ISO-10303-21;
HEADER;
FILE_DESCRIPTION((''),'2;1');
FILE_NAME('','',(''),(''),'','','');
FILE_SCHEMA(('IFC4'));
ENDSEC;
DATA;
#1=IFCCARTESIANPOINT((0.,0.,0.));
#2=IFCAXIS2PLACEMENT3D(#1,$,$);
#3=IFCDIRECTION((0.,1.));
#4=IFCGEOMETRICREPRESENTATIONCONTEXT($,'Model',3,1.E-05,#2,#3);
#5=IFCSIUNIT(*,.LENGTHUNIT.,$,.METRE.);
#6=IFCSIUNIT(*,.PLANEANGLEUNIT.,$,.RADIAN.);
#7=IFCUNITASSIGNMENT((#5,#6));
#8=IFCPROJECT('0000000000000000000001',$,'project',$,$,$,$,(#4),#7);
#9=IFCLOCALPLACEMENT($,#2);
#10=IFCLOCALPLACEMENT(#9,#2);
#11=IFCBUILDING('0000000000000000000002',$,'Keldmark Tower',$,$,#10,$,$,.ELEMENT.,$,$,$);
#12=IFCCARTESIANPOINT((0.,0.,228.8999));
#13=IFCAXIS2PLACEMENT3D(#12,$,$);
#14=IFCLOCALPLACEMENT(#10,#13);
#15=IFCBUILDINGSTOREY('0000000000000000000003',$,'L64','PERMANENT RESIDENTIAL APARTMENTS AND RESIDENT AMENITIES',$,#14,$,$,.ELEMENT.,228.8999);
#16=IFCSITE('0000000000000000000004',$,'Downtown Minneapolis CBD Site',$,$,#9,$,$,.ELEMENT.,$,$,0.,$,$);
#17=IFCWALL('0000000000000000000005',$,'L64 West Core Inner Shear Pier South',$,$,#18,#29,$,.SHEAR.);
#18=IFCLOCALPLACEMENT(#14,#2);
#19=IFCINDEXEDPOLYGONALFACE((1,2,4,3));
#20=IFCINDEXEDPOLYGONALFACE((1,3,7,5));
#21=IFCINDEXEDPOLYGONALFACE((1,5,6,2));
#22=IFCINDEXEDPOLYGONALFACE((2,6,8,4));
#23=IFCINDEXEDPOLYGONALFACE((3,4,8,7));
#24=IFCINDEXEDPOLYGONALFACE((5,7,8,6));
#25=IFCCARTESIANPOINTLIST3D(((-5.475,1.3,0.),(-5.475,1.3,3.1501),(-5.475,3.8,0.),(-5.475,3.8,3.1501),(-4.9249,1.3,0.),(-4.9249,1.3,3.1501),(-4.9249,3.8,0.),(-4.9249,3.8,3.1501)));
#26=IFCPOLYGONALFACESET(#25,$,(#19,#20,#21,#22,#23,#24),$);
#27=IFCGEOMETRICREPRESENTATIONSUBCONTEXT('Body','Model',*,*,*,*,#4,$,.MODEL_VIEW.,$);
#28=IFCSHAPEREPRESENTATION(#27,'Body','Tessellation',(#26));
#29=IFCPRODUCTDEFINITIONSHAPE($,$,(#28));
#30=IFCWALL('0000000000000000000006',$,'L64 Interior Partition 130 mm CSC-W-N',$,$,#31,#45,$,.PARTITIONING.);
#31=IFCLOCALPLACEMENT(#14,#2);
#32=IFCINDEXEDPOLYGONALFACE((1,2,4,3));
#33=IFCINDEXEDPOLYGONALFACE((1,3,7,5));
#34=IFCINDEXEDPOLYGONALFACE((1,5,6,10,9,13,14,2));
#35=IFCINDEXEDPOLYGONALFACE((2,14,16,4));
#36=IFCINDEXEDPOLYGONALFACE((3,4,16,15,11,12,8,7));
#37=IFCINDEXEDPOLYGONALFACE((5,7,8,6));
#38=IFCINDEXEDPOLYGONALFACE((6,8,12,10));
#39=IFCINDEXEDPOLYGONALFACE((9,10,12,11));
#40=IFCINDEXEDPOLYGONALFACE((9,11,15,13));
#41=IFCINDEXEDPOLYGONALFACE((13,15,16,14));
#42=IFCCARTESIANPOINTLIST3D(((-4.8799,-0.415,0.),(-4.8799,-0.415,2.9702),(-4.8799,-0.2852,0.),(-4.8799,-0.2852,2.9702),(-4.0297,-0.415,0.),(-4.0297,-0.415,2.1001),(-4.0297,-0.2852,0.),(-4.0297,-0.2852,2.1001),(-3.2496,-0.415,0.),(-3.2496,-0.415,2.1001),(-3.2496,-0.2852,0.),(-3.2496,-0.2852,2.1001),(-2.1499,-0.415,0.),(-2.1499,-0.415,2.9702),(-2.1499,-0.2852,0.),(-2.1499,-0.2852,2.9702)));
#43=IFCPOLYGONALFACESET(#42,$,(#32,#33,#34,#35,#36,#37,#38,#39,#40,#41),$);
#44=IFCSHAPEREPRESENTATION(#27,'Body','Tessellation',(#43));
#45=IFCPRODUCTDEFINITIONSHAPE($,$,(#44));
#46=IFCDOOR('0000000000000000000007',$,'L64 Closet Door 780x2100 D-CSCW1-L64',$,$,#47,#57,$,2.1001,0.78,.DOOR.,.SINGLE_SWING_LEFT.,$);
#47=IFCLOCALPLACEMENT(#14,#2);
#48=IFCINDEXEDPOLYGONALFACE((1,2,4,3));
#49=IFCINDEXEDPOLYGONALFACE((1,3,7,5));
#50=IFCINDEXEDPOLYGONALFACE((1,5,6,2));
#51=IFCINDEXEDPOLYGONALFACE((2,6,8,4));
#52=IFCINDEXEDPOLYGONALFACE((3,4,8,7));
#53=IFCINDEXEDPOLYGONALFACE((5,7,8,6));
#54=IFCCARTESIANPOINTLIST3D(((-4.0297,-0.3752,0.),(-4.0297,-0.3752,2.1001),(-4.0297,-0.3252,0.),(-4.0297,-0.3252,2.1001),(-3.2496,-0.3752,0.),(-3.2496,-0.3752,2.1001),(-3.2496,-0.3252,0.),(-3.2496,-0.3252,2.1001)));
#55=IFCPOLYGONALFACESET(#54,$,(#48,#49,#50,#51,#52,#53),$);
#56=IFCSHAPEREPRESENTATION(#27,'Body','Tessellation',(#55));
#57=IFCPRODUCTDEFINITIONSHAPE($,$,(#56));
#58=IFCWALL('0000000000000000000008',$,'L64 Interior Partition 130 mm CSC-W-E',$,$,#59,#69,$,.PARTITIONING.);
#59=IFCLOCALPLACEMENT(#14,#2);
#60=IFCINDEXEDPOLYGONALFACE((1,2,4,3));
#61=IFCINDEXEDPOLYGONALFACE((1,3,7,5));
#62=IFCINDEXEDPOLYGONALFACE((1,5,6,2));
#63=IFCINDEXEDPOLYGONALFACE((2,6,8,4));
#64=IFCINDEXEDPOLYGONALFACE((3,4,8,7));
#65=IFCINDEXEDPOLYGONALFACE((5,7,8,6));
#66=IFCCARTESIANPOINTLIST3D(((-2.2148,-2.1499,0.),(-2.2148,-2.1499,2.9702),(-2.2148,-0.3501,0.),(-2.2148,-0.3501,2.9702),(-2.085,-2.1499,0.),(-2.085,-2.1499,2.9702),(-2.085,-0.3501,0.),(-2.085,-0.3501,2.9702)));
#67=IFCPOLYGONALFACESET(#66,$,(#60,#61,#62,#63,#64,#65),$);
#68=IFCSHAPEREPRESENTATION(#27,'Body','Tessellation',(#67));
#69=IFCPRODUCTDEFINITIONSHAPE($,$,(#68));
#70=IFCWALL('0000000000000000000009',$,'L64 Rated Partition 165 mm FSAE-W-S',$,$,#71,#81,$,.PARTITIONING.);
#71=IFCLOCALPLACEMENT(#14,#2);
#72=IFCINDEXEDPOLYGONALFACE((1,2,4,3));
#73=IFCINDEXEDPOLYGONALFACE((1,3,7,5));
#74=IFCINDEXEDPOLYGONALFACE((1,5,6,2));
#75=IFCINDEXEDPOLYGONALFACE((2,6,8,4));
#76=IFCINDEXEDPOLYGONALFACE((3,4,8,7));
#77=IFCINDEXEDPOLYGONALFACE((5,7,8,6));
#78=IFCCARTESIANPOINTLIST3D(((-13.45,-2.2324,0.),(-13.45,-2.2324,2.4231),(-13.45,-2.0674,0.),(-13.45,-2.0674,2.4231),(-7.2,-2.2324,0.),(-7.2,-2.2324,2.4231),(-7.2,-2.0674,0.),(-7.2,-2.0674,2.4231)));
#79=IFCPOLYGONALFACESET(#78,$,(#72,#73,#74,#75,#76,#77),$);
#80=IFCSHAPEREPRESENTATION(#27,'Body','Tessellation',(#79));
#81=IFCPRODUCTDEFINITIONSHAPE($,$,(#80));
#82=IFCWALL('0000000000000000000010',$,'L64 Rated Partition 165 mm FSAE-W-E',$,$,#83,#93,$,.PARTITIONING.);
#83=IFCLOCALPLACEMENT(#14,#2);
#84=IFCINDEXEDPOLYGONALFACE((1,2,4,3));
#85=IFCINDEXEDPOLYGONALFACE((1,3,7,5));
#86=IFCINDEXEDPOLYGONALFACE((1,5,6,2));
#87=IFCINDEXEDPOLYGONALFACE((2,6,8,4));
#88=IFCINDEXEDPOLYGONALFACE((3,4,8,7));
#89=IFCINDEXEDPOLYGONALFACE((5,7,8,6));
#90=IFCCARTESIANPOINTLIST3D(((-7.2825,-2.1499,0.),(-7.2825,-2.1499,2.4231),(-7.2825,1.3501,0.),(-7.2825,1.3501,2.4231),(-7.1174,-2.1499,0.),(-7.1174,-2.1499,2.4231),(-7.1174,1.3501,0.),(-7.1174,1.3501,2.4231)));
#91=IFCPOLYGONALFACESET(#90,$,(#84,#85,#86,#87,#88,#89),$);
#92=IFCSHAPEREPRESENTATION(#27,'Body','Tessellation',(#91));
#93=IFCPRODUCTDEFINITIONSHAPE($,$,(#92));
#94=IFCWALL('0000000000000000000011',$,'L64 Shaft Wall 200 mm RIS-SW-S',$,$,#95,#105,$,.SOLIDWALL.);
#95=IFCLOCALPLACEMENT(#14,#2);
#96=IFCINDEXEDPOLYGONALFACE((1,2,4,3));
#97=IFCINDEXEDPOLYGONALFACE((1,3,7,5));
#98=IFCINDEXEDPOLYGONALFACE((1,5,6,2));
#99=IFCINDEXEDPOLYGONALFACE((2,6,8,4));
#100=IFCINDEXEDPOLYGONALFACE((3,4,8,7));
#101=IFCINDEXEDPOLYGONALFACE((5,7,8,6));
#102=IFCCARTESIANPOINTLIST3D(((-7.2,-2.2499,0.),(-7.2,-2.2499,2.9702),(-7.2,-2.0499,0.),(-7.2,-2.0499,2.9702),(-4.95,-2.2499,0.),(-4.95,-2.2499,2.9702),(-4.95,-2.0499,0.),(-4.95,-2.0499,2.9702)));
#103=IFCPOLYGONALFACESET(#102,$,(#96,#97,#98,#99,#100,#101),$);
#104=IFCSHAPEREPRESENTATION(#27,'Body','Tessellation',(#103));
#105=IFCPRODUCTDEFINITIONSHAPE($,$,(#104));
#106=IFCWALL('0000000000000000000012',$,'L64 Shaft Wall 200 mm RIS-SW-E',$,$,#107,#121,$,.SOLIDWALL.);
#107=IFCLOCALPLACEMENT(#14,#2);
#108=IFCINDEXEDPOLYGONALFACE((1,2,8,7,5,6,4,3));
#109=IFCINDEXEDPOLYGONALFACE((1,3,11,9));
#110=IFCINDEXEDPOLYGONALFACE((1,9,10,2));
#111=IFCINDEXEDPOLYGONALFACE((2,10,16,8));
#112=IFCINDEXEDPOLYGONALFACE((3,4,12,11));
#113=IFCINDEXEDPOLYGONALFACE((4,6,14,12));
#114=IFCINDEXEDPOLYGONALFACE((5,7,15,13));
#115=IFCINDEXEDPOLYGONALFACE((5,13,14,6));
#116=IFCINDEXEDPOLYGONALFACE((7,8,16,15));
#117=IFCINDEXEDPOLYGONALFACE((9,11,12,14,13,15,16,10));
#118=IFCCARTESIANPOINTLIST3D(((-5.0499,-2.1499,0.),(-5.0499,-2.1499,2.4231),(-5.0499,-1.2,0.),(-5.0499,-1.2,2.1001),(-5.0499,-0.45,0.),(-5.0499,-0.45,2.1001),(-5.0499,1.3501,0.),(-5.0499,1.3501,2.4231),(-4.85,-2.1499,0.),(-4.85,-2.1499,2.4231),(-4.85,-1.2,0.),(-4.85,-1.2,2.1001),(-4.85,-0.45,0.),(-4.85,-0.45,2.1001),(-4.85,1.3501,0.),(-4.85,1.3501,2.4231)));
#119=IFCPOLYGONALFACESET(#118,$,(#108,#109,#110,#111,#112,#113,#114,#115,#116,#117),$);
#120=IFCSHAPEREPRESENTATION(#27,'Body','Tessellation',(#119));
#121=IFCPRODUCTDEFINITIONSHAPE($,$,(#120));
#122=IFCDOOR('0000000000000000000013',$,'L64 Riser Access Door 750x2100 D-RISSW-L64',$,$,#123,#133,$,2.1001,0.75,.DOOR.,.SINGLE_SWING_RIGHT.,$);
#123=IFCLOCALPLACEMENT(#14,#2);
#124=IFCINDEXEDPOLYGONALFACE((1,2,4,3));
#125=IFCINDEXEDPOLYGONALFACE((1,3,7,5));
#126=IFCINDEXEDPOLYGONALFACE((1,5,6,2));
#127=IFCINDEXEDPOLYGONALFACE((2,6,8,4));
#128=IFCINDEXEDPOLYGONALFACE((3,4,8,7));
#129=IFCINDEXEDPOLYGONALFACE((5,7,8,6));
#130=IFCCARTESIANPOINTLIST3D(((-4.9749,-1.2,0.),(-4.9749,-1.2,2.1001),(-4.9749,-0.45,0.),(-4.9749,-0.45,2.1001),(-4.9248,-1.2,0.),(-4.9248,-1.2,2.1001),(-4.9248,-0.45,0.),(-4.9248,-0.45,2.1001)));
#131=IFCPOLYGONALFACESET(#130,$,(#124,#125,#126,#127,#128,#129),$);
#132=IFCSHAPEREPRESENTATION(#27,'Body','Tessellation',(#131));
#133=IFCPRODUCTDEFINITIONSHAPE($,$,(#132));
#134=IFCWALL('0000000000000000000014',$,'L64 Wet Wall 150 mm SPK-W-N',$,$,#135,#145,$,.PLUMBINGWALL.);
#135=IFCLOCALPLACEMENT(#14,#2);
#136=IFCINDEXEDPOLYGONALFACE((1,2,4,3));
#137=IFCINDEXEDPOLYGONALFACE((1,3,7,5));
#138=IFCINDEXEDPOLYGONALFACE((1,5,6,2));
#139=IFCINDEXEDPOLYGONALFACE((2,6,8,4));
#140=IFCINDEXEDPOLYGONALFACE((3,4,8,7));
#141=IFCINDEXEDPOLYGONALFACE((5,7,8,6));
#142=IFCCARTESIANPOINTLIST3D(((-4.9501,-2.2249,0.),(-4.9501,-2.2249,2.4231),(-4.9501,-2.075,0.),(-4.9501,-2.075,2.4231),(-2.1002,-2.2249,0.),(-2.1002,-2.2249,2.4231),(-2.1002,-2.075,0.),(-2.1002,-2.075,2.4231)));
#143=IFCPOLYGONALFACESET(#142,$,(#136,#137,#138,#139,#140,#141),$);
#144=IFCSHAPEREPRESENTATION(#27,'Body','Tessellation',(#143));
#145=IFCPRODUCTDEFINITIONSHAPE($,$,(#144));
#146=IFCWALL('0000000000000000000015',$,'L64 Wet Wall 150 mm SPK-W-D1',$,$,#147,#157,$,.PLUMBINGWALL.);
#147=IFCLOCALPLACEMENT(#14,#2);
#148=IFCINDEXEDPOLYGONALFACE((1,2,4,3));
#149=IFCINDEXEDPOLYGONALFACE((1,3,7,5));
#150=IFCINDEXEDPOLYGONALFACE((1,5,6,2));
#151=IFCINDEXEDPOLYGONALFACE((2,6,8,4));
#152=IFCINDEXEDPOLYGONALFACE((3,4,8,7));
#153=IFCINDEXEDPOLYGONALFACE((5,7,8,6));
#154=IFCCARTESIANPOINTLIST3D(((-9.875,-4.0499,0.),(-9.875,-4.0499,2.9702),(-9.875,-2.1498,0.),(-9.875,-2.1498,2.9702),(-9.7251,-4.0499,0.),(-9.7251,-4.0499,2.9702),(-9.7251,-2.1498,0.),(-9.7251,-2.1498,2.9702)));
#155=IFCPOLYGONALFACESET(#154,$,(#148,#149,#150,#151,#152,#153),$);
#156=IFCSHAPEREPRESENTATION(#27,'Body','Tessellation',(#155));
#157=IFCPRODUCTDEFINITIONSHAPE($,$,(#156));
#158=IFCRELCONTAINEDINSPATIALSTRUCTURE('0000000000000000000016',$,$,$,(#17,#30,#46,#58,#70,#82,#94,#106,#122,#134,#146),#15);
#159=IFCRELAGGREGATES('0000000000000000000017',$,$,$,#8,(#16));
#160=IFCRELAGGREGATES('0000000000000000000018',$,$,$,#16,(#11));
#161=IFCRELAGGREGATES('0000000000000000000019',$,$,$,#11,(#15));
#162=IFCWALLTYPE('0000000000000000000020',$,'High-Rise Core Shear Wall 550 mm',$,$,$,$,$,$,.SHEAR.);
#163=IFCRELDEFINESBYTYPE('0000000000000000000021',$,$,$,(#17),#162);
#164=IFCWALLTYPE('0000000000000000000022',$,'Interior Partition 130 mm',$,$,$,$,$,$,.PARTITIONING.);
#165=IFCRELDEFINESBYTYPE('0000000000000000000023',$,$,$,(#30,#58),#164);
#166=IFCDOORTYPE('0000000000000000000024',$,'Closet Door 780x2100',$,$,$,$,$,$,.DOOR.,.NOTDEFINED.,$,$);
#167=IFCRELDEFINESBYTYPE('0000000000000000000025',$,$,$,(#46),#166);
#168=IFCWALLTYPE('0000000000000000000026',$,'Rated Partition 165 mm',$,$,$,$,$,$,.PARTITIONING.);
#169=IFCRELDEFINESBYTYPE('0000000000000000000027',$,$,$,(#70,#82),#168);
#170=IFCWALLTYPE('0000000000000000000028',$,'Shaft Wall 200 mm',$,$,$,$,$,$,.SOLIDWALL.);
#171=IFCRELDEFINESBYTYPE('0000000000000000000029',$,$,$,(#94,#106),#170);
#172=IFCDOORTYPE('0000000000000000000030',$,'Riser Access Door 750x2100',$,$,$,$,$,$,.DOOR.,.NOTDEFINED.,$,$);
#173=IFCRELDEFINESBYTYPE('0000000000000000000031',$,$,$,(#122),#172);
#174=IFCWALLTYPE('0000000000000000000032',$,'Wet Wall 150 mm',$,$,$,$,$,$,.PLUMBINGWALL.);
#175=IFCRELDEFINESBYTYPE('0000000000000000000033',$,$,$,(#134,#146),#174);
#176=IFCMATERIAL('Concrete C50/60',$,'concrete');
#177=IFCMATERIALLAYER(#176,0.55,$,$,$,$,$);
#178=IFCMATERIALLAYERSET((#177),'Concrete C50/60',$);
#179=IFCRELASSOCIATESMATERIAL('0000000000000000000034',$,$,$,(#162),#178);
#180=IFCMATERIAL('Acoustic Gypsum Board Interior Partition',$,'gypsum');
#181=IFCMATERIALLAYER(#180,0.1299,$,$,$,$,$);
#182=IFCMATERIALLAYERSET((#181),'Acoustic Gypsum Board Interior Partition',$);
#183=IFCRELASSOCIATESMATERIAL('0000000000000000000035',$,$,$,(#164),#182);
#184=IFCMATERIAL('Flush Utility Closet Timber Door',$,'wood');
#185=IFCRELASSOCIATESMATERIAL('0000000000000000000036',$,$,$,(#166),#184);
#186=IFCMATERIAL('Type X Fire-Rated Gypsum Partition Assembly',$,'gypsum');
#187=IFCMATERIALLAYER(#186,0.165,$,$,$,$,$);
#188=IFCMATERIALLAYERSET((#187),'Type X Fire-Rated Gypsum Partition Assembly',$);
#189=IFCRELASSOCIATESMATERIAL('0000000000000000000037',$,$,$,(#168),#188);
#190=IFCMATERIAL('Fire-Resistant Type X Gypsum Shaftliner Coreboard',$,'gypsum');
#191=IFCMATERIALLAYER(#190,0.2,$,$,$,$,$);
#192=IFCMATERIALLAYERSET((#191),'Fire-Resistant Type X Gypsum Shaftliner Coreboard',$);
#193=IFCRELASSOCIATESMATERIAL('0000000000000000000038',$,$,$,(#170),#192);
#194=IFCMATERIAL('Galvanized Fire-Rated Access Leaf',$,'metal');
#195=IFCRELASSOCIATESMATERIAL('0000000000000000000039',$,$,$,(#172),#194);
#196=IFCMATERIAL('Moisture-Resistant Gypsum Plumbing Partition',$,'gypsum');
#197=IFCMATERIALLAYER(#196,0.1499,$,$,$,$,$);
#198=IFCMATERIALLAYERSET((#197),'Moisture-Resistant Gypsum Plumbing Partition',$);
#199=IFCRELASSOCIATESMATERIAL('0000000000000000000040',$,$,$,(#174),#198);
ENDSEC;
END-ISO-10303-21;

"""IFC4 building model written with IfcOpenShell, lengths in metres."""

from ifc_helpers import new_model, si_unit, direction, frame, frame_2d, origin, place, context, subcontext, project, spatial, rectangle, extrude, material, layer, layer_set, type_object, element, fill, save


model = new_model("IFC4")

# Units and contexts
model_context = context("Model", 3, precision=1e-05, world=origin(), true_north=direction((0.0, 1.0)))
body_context = subcontext(model_context, "Body", "Model", "MODEL_VIEW")
ifc_project = project(units=[si_unit("LENGTHUNIT", "METRE"), si_unit("PLANEANGLEUNIT", "RADIAN")], contexts=[model_context])

# Site, building, storey
site_placement = place(None, origin())
site = spatial("IfcSite", under=ifc_project, at=site_placement, Name="Downtown Minneapolis CBD Site", CompositionType="ELEMENT", RefElevation=0.0)
building_placement = place(site_placement, origin())
building = spatial("IfcBuilding", under=site, at=building_placement, Name="Keldmark Tower", CompositionType="ELEMENT")
storey_placement = place(building_placement, frame((0.0, 0.0, 228.8999)))
storey = spatial("IfcBuildingStorey", under=building, at=storey_placement, Name="L64", Description="PERMANENT RESIDENTIAL APARTMENTS AND RESIDENT AMENITIES", CompositionType="ELEMENT", Elevation=228.8999)

# Wall
ifc_material_1 = material(Name="Concrete C50/60", Category="concrete")
ifc_layer_1 = layer(ifc_material_1, 0.55)
ifc_layer_set_1 = layer_set([ifc_layer_1], Name="Concrete C50/60")
wall_type_1 = type_object("IfcWallType", Name="High-Rise Core Shear Wall 550 mm", PredefinedType="SHEAR", material=ifc_layer_set_1)
wall_1_placement = place(storey_placement, frame((-5.2, 1.3, 0.0), z_axis=(0.0, 0.0, 1.0), x_axis=(0.0, 1.0, 0.0)))
element("IfcWall", 1, at=wall_1_placement, inside=storey, type_object=wall_type_1, Name="L64 West Core Inner Shear Pier South", PredefinedType="SHEAR", context=body_context, shape_type="SweptSolid", body=[
    extrude(rectangle(XDim=2.5, YDim=0.55, at=frame_2d((1.25, 0.0))), origin(), (0.0, 0.0, 1.0), 3.1501),
])

# Wall, opening, door
ifc_material_2 = material(Name="Acoustic Gypsum Board Interior Partition", Category="gypsum")
ifc_layer_2 = layer(ifc_material_2, 0.1299)
ifc_layer_set_2 = layer_set([ifc_layer_2], Name="Acoustic Gypsum Board Interior Partition")
wall_type_2 = type_object("IfcWallType", Name="Interior Partition 130 mm", PredefinedType="PARTITIONING", material=ifc_layer_set_2)
wall_2_placement = place(storey_placement, frame((-4.8799, -0.3501, 0.0), z_axis=(0.0, 0.0, 1.0), x_axis=(1.0, 0.0, 0.0)))
wall_2 = element("IfcWall", 2, at=wall_2_placement, inside=storey, type_object=wall_type_2, Name="L64 Interior Partition 130 mm CSC-W-N", PredefinedType="PARTITIONING", context=body_context, shape_type="SweptSolid", body=[
    extrude(rectangle(XDim=2.73, YDim=0.1299, at=frame_2d((1.365, 0.0))), origin(), (0.0, 0.0, 1.0), 2.9702),
])
opening_1_placement = place(wall_2_placement, frame((0.8501, 0.0, 0.0)))
opening_1 = element("IfcOpeningElement", 3, at=opening_1_placement, cuts=wall_2, PredefinedType="OPENING", context=body_context, shape_type="SweptSolid", body=[
    extrude(rectangle(XDim=0.78, YDim=2.1001, at=frame_2d((0.3901, 1.05))), frame((0.0, 0.075, 0.0), z_axis=(0.0, -1.0, 0.0), x_axis=(1.0, 0.0, 0.0)), (0.0, 0.0, 1.0), 0.1499),
])
ifc_material_3 = material(Name="Flush Utility Closet Timber Door", Category="wood")
door_type_1 = type_object("IfcDoorType", Name="Closet Door 780x2100", OperationType="NOTDEFINED", PredefinedType="DOOR", material=ifc_material_3)
door_1_placement = place(opening_1_placement, origin())
door_1 = element("IfcDoor", 4, at=door_1_placement, inside=storey, type_object=door_type_1, Name="L64 Closet Door 780x2100 D-CSCW1-L64", OperationType="SINGLE_SWING_LEFT", OverallHeight=2.1001, OverallWidth=0.78, PredefinedType="DOOR", context=body_context, shape_type="SweptSolid", body=[
    extrude(rectangle(XDim=0.78, YDim=2.1001, at=frame_2d((0.3901, 1.05))), frame((0.0, 0.0249, 0.0), z_axis=(0.0, -1.0, 0.0), x_axis=(1.0, 0.0, 0.0)), (0.0, 0.0, 1.0), 0.05),
])
fill(opening_1, door_1)

# Walls
wall_3_placement = place(storey_placement, frame((-2.1499, -2.1499, 0.0), z_axis=(0.0, 0.0, 1.0), x_axis=(0.0, 1.0, 0.0)))
element("IfcWall", 5, at=wall_3_placement, inside=storey, type_object=wall_type_2, Name="L64 Interior Partition 130 mm CSC-W-E", PredefinedType="PARTITIONING", context=body_context, shape_type="SweptSolid", body=[
    extrude(rectangle(XDim=1.7998, YDim=0.1299, at=frame_2d((0.8999, 0.0))), origin(), (0.0, 0.0, 1.0), 2.9702),
])
ifc_material_4 = material(Name="Type X Fire-Rated Gypsum Partition Assembly", Category="gypsum")
ifc_layer_3 = layer(ifc_material_4, 0.165)
ifc_layer_set_3 = layer_set([ifc_layer_3], Name="Type X Fire-Rated Gypsum Partition Assembly")
wall_type_3 = type_object("IfcWallType", Name="Rated Partition 165 mm", PredefinedType="PARTITIONING", material=ifc_layer_set_3)
wall_4_placement = place(storey_placement, frame((-13.45, -2.1499, 0.0), z_axis=(0.0, 0.0, 1.0), x_axis=(1.0, 0.0, 0.0)))
element("IfcWall", 6, at=wall_4_placement, inside=storey, type_object=wall_type_3, Name="L64 Rated Partition 165 mm FSAE-W-S", PredefinedType="PARTITIONING", context=body_context, shape_type="SweptSolid", body=[
    extrude(rectangle(XDim=6.25, YDim=0.165, at=frame_2d((3.125, 0.0))), origin(), (0.0, 0.0, 1.0), 2.4231),
])

# Walls
wall_5_placement = place(storey_placement, frame((-7.2, -2.1499, 0.0), z_axis=(0.0, 0.0, 1.0), x_axis=(0.0, 1.0, 0.0)))
element("IfcWall", 7, at=wall_5_placement, inside=storey, type_object=wall_type_3, Name="L64 Rated Partition 165 mm FSAE-W-E", PredefinedType="PARTITIONING", context=body_context, shape_type="SweptSolid", body=[
    extrude(rectangle(XDim=3.5, YDim=0.165, at=frame_2d((1.75, 0.0))), origin(), (0.0, 0.0, 1.0), 2.4231),
])
ifc_material_5 = material(Name="Fire-Resistant Type X Gypsum Shaftliner Coreboard", Category="gypsum")
ifc_layer_4 = layer(ifc_material_5, 0.2)
ifc_layer_set_4 = layer_set([ifc_layer_4], Name="Fire-Resistant Type X Gypsum Shaftliner Coreboard")
wall_type_4 = type_object("IfcWallType", Name="Shaft Wall 200 mm", PredefinedType="SOLIDWALL", material=ifc_layer_set_4)
wall_6_placement = place(storey_placement, frame((-7.2, -2.1499, 0.0), z_axis=(0.0, 0.0, 1.0), x_axis=(1.0, 0.0, 0.0)))
element("IfcWall", 8, at=wall_6_placement, inside=storey, type_object=wall_type_4, Name="L64 Shaft Wall 200 mm RIS-SW-S", PredefinedType="SOLIDWALL", context=body_context, shape_type="SweptSolid", body=[
    extrude(rectangle(XDim=2.25, YDim=0.2, at=frame_2d((1.125, 0.0))), origin(), (0.0, 0.0, 1.0), 2.9702),
])

# Wall, opening, door
wall_7_placement = place(storey_placement, frame((-4.95, -2.1499, 0.0), z_axis=(0.0, 0.0, 1.0), x_axis=(0.0, 1.0, 0.0)))
wall_7 = element("IfcWall", 9, at=wall_7_placement, inside=storey, type_object=wall_type_4, Name="L64 Shaft Wall 200 mm RIS-SW-E", PredefinedType="SOLIDWALL", context=body_context, shape_type="SweptSolid", body=[
    extrude(rectangle(XDim=3.5, YDim=0.2, at=frame_2d((1.75, 0.0))), origin(), (0.0, 0.0, 1.0), 2.4231),
])
opening_2_placement = place(wall_7_placement, frame((0.95, 0.0, 0.0)))
opening_2 = element("IfcOpeningElement", 10, at=opening_2_placement, cuts=wall_7, PredefinedType="OPENING", context=body_context, shape_type="SweptSolid", body=[
    extrude(rectangle(XDim=0.75, YDim=2.1001, at=frame_2d((0.375, 1.05))), frame((0.0, 0.1099, 0.0), z_axis=(0.0, -1.0, 0.0), x_axis=(1.0, 0.0, 0.0)), (0.0, 0.0, 1.0), 0.22),
])
ifc_material_6 = material(Name="Galvanized Fire-Rated Access Leaf", Category="metal")
door_type_2 = type_object("IfcDoorType", Name="Riser Access Door 750x2100", OperationType="NOTDEFINED", PredefinedType="DOOR", material=ifc_material_6)
door_2_placement = place(opening_2_placement, origin())
door_2 = element("IfcDoor", 11, at=door_2_placement, inside=storey, type_object=door_type_2, Name="L64 Riser Access Door 750x2100 D-RISSW-L64", OperationType="SINGLE_SWING_RIGHT", OverallHeight=2.1001, OverallWidth=0.75, PredefinedType="DOOR", context=body_context, shape_type="SweptSolid", body=[
    extrude(rectangle(XDim=0.75, YDim=2.1001, at=frame_2d((0.375, 1.05))), frame((0.0, 0.0249, 0.0), z_axis=(0.0, -1.0, 0.0), x_axis=(1.0, 0.0, 0.0)), (0.0, 0.0, 1.0), 0.05),
])
fill(opening_2, door_2)

# Walls
ifc_material_7 = material(Name="Moisture-Resistant Gypsum Plumbing Partition", Category="gypsum")
ifc_layer_5 = layer(ifc_material_7, 0.1499)
ifc_layer_set_5 = layer_set([ifc_layer_5], Name="Moisture-Resistant Gypsum Plumbing Partition")
wall_type_5 = type_object("IfcWallType", Name="Wet Wall 150 mm", PredefinedType="PLUMBINGWALL", material=ifc_layer_set_5)
wall_8_placement = place(storey_placement, frame((-4.95, -2.1499, 0.0), z_axis=(0.0, 0.0, 1.0), x_axis=(1.0, 0.0, 0.0)))
element("IfcWall", 12, at=wall_8_placement, inside=storey, type_object=wall_type_5, Name="L64 Wet Wall 150 mm SPK-W-N", PredefinedType="PLUMBINGWALL", context=body_context, shape_type="SweptSolid", body=[
    extrude(rectangle(XDim=2.8499, YDim=0.1499, at=frame_2d((1.4248, 0.0))), origin(), (0.0, 0.0, 1.0), 2.4231),
])
wall_9_placement = place(storey_placement, frame((-9.8, -4.05, 0.0), z_axis=(0.0, 0.0, 1.0), x_axis=(0.0, 1.0, 0.0)))
element("IfcWall", 13, at=wall_9_placement, inside=storey, type_object=wall_type_5, Name="L64 Wet Wall 150 mm SPK-W-D1", PredefinedType="PLUMBINGWALL", context=body_context, shape_type="SweptSolid", body=[
    extrude(rectangle(XDim=1.9001, YDim=0.1499, at=frame_2d((0.9502, 0.0))), origin(), (0.0, 0.0, 1.0), 2.9702),
])

save(model, "model.ifc")
